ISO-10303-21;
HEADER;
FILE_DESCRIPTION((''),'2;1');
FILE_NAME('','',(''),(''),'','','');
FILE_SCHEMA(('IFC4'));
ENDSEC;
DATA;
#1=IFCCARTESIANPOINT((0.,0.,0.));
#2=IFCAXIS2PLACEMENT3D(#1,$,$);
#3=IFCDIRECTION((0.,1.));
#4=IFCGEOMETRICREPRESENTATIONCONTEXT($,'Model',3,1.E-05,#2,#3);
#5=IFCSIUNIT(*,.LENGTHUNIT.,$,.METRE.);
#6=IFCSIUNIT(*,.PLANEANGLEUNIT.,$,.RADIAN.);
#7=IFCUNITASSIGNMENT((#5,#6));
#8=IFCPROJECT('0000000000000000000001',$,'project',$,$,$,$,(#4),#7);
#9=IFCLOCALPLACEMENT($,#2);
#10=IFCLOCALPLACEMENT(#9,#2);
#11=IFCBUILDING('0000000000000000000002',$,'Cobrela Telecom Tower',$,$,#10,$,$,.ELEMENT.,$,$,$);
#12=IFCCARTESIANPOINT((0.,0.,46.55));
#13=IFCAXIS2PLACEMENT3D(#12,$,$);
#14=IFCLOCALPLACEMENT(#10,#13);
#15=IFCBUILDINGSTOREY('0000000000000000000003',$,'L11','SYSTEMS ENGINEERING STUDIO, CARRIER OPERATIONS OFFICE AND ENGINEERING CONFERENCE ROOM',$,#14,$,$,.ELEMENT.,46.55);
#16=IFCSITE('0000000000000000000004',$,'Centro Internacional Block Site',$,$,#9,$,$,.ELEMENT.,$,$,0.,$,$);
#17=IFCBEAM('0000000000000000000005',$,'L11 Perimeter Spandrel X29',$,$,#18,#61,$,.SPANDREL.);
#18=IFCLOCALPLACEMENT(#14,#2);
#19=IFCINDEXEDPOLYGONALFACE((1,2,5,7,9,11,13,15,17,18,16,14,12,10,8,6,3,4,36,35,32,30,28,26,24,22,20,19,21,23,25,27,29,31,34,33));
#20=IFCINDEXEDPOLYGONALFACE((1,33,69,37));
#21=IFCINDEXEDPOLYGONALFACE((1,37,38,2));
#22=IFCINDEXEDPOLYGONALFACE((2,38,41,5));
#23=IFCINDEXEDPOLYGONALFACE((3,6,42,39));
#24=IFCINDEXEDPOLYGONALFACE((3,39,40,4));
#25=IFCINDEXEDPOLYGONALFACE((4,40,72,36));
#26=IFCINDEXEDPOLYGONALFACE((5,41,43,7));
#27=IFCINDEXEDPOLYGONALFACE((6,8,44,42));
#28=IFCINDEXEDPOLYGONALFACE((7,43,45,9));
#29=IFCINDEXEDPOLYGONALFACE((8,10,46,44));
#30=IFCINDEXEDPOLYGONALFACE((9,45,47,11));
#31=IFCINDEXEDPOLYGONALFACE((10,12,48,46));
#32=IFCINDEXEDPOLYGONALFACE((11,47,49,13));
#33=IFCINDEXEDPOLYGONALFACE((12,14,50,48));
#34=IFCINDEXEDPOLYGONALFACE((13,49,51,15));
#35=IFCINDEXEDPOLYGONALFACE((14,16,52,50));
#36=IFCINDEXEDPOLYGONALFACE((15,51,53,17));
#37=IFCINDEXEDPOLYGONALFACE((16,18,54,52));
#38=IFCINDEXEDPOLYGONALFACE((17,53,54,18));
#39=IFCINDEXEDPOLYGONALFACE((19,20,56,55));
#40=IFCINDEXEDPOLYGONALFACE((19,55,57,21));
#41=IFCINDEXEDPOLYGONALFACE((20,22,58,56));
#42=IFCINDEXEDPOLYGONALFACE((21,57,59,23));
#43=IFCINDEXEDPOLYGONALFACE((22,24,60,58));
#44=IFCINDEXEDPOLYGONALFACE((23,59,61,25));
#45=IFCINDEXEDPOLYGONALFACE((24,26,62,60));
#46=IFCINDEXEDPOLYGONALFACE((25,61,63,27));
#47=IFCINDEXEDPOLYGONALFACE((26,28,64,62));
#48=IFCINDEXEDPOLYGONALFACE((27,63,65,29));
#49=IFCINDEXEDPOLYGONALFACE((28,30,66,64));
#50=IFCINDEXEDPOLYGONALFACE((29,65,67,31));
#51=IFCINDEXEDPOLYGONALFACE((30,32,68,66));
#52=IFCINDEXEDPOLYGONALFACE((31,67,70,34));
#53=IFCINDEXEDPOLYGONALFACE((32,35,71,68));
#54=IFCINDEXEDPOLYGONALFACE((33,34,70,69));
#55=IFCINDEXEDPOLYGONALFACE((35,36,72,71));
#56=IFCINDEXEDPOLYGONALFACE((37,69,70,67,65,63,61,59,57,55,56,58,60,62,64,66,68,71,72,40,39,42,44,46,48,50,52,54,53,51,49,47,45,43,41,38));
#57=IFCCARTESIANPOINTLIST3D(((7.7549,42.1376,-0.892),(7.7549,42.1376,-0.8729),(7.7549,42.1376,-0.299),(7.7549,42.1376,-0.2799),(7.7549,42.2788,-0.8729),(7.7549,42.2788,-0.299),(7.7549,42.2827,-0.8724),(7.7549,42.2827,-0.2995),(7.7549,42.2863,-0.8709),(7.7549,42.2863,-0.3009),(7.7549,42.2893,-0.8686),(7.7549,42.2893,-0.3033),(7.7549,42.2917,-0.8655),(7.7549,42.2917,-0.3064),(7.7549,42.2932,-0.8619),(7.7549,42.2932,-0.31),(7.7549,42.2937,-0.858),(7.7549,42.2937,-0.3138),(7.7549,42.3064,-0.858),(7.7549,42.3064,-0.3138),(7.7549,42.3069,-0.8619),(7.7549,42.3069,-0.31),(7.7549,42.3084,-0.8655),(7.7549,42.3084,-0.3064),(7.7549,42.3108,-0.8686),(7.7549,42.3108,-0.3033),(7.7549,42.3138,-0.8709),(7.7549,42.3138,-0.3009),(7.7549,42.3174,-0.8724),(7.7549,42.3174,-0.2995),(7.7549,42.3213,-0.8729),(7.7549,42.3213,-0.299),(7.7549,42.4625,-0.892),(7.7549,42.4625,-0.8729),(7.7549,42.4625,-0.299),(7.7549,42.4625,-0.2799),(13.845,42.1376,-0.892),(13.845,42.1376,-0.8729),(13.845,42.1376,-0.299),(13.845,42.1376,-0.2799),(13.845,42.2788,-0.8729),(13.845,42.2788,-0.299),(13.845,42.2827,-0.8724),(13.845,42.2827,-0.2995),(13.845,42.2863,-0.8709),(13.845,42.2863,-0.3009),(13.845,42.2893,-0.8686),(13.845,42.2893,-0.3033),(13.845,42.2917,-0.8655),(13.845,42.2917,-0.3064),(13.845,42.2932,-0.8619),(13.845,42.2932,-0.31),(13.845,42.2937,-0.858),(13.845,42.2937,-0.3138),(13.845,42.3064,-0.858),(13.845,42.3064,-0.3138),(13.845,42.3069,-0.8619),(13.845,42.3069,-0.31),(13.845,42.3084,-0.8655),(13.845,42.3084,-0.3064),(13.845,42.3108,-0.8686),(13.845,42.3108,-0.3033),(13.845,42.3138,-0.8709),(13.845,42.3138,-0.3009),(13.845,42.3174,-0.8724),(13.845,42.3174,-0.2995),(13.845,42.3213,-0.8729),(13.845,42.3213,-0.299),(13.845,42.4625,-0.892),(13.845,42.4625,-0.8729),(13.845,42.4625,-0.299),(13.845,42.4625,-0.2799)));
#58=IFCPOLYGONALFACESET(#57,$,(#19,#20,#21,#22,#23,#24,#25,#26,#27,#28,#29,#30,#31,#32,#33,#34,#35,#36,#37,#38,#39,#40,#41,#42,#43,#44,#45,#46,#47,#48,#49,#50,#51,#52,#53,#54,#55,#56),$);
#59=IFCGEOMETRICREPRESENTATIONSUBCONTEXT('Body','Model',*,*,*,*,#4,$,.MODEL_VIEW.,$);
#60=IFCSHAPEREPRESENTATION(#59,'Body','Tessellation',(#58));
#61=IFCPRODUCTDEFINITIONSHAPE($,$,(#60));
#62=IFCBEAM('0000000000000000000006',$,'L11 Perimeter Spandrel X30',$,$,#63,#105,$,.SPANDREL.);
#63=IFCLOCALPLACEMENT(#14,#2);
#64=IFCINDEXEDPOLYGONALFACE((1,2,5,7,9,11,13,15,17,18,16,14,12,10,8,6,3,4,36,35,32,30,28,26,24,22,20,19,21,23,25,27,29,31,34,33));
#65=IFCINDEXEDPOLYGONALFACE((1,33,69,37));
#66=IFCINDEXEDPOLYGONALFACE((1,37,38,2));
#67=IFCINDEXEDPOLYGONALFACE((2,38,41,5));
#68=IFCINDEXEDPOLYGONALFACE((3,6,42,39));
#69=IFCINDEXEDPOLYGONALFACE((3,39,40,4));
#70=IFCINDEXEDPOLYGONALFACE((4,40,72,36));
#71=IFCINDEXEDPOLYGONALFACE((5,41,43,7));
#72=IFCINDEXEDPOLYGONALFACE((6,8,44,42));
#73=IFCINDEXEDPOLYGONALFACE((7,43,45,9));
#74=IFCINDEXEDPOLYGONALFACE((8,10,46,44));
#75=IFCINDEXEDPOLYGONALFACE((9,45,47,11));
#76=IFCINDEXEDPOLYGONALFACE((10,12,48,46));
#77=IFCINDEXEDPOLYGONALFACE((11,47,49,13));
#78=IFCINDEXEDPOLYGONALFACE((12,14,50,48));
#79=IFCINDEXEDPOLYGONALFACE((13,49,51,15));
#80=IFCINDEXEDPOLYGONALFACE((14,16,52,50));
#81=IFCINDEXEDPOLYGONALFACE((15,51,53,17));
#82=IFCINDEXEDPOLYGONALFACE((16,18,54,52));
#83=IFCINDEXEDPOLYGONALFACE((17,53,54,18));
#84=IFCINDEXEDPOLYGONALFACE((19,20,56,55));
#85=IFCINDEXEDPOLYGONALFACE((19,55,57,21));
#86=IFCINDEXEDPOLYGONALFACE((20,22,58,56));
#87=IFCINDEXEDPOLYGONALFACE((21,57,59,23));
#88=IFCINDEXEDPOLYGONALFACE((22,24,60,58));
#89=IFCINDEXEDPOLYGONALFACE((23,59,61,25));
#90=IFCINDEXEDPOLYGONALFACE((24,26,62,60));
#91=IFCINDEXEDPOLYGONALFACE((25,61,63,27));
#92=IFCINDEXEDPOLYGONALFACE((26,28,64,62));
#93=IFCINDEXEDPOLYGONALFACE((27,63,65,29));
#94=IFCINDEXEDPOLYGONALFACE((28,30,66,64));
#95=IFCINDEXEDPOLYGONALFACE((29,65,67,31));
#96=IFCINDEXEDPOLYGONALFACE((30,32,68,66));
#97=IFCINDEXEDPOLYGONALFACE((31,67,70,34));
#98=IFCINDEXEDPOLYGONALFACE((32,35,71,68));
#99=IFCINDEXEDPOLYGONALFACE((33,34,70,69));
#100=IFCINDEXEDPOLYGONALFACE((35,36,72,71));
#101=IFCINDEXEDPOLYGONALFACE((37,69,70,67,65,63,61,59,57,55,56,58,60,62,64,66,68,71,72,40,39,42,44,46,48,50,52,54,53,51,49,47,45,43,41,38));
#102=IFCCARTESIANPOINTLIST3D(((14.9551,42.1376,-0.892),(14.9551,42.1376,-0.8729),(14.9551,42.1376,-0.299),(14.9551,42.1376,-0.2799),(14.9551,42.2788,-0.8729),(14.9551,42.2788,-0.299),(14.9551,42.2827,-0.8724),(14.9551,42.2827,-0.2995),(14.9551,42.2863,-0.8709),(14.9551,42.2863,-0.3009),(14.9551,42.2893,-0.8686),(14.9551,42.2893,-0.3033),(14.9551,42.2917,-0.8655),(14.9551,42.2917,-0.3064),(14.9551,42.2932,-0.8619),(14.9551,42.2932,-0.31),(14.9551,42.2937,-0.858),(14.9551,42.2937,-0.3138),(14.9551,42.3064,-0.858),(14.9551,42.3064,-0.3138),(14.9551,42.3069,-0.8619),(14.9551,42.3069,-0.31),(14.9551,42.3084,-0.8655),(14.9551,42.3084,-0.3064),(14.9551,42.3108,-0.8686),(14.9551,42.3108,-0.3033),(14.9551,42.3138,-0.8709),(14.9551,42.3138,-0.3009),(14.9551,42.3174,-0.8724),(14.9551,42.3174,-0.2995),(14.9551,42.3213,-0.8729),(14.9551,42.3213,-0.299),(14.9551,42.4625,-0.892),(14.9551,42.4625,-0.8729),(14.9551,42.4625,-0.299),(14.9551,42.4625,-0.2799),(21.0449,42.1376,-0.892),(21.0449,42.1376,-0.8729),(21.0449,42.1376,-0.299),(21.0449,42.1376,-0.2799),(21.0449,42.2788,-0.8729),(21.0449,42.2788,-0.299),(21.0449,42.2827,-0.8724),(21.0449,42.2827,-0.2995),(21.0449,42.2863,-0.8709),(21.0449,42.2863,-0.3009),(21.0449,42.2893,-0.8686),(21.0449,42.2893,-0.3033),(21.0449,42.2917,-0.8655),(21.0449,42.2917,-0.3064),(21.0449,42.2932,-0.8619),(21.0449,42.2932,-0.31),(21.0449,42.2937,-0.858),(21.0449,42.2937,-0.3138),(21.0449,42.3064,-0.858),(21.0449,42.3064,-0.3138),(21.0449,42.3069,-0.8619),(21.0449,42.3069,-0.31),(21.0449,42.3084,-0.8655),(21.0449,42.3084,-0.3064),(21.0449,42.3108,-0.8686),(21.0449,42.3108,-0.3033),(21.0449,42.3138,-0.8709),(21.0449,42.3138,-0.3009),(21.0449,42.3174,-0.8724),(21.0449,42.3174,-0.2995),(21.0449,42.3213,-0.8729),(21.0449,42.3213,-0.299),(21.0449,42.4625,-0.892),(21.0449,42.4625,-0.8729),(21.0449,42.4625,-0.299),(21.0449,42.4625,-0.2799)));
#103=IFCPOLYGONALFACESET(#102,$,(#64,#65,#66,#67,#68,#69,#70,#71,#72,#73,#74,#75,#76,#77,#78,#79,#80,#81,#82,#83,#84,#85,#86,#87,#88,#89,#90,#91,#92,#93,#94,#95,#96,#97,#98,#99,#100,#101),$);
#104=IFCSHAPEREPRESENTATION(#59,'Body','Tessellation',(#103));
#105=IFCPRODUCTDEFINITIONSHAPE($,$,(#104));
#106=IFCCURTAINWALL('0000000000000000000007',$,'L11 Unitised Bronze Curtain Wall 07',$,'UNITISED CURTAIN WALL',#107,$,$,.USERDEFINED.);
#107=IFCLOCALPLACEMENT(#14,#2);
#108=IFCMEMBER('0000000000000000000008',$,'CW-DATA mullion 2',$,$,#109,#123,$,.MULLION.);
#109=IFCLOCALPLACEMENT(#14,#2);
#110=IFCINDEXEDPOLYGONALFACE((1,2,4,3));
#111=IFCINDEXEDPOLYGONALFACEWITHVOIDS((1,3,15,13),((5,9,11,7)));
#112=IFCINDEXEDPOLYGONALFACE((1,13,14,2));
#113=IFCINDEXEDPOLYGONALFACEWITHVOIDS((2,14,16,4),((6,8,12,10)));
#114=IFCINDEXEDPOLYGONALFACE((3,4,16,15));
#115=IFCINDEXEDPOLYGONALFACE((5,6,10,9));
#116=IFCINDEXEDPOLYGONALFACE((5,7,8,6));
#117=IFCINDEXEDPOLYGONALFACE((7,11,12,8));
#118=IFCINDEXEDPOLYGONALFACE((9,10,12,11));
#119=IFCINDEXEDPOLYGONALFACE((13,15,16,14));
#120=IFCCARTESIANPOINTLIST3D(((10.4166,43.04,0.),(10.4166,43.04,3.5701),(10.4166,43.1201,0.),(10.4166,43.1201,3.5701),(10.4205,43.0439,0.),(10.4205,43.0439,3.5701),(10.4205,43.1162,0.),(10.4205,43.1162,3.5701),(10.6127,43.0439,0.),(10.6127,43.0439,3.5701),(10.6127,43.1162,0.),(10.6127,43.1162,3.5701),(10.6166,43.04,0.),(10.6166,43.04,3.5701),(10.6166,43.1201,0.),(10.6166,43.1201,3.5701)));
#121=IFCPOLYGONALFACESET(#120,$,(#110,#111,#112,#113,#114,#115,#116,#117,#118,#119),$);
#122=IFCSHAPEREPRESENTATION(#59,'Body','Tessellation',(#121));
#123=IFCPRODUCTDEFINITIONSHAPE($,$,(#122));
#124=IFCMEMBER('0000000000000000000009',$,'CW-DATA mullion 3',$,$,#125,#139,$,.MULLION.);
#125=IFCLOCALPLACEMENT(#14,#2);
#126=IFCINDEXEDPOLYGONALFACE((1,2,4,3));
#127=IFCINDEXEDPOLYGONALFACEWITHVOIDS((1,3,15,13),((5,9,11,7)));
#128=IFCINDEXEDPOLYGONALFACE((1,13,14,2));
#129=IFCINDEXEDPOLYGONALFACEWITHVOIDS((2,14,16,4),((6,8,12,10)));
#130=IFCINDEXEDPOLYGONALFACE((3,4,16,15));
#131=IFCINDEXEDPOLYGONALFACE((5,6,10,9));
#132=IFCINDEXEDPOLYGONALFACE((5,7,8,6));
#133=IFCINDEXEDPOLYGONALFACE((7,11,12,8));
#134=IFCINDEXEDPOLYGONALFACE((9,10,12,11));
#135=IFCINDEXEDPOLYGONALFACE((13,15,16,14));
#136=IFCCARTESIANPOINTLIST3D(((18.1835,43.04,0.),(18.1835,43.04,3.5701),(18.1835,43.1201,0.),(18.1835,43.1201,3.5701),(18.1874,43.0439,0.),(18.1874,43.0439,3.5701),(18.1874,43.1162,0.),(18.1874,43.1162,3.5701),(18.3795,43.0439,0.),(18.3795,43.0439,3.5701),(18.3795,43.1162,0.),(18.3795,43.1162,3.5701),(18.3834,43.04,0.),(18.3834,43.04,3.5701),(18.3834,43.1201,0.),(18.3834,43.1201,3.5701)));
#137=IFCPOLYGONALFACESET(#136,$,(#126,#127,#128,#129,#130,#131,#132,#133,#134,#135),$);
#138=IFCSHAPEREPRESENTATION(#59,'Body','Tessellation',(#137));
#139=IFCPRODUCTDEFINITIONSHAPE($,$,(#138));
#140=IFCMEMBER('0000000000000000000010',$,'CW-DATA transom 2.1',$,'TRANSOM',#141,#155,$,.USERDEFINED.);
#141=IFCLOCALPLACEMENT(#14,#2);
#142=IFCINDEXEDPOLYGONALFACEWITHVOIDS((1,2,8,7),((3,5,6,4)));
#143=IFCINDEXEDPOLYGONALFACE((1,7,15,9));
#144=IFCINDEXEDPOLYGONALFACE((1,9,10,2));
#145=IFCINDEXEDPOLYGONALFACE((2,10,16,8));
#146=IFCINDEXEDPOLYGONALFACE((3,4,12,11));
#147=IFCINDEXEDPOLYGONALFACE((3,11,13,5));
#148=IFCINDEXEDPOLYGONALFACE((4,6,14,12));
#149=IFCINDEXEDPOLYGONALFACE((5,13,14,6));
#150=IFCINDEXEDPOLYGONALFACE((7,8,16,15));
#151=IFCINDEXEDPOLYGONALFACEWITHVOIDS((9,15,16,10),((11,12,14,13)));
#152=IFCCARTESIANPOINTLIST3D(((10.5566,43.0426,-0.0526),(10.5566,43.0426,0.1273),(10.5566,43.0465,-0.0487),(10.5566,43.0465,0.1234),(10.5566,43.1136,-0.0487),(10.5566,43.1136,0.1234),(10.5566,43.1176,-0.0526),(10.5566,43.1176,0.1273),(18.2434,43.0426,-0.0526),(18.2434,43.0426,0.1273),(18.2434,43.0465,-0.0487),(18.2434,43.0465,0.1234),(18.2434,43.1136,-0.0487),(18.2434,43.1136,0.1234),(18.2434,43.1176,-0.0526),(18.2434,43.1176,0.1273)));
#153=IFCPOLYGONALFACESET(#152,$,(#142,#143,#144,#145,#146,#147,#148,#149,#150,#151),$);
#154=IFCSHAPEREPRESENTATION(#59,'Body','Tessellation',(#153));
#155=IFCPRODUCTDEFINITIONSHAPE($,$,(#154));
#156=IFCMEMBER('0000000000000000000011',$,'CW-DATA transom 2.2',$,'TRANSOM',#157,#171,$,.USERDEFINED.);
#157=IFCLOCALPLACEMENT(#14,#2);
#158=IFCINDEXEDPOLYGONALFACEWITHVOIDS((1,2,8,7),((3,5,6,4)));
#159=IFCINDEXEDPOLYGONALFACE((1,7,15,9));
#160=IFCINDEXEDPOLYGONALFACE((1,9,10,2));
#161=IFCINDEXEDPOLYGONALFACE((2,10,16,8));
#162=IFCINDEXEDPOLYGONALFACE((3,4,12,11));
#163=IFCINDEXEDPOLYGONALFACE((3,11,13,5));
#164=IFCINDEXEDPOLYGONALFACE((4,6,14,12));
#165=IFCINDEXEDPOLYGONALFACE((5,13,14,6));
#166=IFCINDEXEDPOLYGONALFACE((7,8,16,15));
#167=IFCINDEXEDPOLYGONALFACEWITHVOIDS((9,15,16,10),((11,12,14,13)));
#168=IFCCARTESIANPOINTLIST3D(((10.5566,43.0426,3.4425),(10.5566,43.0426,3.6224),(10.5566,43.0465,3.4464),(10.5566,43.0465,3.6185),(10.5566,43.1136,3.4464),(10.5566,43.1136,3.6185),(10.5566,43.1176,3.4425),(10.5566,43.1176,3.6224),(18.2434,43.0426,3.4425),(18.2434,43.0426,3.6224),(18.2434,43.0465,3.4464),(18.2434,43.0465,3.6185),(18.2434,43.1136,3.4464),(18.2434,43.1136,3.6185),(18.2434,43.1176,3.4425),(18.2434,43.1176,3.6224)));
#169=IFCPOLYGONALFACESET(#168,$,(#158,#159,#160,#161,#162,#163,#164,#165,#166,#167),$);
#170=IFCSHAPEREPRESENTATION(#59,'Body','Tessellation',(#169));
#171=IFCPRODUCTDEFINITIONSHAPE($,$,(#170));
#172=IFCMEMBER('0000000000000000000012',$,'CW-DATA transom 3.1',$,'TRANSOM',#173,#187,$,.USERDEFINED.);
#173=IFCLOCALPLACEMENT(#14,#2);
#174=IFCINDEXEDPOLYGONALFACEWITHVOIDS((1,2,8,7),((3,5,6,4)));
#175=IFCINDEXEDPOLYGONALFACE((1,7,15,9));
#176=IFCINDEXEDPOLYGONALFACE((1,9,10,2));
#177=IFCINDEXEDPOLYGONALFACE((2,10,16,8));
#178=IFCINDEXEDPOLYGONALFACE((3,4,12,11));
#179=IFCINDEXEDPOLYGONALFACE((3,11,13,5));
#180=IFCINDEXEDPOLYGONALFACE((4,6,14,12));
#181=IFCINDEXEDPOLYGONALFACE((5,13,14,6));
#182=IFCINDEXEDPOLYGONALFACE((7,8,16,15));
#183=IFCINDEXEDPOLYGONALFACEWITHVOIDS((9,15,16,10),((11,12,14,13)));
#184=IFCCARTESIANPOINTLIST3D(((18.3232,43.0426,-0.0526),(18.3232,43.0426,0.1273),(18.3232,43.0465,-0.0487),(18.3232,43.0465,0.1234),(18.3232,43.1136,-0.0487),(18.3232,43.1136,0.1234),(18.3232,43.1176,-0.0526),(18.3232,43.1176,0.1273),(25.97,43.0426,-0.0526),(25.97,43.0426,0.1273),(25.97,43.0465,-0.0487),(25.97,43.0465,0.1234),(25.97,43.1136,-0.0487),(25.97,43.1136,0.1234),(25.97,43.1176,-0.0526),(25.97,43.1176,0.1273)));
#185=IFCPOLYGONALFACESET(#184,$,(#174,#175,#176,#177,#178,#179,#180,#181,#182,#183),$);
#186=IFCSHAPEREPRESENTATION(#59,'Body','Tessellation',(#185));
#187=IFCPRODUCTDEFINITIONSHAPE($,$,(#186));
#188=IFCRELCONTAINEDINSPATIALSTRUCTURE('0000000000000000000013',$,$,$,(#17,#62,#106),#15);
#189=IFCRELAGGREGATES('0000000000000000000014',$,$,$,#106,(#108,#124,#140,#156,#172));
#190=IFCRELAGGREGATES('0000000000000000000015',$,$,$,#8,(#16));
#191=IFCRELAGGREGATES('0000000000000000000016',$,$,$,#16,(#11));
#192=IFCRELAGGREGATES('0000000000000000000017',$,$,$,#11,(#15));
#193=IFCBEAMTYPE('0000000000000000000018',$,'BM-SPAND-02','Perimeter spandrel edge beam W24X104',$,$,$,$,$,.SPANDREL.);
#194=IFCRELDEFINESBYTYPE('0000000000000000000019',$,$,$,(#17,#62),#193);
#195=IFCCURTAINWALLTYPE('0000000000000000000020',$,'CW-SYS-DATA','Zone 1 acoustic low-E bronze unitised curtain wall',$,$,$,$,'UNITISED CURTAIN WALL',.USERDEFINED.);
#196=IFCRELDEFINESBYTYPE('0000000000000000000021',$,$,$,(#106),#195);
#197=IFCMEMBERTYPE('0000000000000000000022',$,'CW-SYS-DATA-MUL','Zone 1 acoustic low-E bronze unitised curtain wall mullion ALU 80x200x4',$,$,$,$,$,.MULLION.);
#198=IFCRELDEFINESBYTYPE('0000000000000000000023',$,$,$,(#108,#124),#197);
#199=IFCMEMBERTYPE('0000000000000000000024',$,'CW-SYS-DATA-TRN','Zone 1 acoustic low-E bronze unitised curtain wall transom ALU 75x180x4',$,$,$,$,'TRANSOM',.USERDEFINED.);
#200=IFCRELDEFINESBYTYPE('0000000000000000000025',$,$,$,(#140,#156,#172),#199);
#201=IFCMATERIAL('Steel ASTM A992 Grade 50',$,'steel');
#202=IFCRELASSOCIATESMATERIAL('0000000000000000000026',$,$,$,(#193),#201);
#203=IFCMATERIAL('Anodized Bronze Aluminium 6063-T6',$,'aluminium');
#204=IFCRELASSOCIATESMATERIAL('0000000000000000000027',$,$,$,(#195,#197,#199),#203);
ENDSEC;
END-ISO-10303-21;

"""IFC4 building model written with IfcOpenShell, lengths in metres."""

from ifc_helpers import new_model, si_unit, direction, frame, origin, origin_2d, place, context, subcontext, project, spatial, hollow_rectangle, i_section, extrude, material, material_profile, profile_set, type_object, element, aggregate, save


model = new_model("IFC4")

# Units and contexts
model_context = context("Model", 3, precision=1e-05, world=origin(), true_north=direction((0.0, 1.0)))
body_context = subcontext(model_context, "Body", "Model", "MODEL_VIEW")
ifc_project = project(units=[si_unit("LENGTHUNIT", "METRE"), si_unit("PLANEANGLEUNIT", "RADIAN")], contexts=[model_context])

# Site, building, storey
site_placement = place(None, origin())
site = spatial("IfcSite", under=ifc_project, at=site_placement, Name="Centro Internacional Block Site", CompositionType="ELEMENT", RefElevation=0.0)
building_placement = place(site_placement, origin())
building = spatial("IfcBuilding", under=site, at=building_placement, Name="Cobrela Telecom Tower", CompositionType="ELEMENT")
storey_placement = place(building_placement, frame((0.0, 0.0, 46.55)))
storey = spatial("IfcBuildingStorey", under=building, at=storey_placement, Name="L11", Description="SYSTEMS ENGINEERING STUDIO, CARRIER OPERATIONS OFFICE AND ENGINEERING CONFERENCE ROOM", CompositionType="ELEMENT", Elevation=46.55)

# Beams
ifc_material_1 = material(Name="Steel ASTM A992 Grade 50", Category="steel")
ifc_material_profile_1 = material_profile(ifc_material_1, i_section(OverallWidth=0.325, OverallDepth=0.6121, WebThickness=0.0127, FlangeThickness=0.019, FilletRadius=0.0149, at=origin_2d()), Name="W24X104")
ifc_profile_set_1 = profile_set([ifc_material_profile_1], Name="Steel ASTM A992 Grade 50")
beam_type_1 = type_object("IfcBeamType", Name="BM-SPAND-02", Description="Perimeter spandrel edge beam W24X104", PredefinedType="SPANDREL", material=ifc_profile_set_1)
beam_1_placement = place(storey_placement, frame((7.7549, 42.3, -0.5859), z_axis=(1.0, 0.0, 0.0), x_axis=(0.0, 1.0, 0.0)))
element("IfcBeam", 1, at=beam_1_placement, inside=storey, type_object=beam_type_1, Name="L11 Perimeter Spandrel X29", PredefinedType="SPANDREL", context=body_context, shape_type="SweptSolid", body=[
    extrude(i_section(OverallWidth=0.325, OverallDepth=0.6121, WebThickness=0.0127, FlangeThickness=0.019, FilletRadius=0.0149, at=origin_2d()), origin(), (0.0, 0.0, 1.0), 6.0901),
])
beam_2_placement = place(storey_placement, frame((14.9551, 42.3, -0.5859), z_axis=(1.0, 0.0, 0.0), x_axis=(0.0, 1.0, 0.0)))
element("IfcBeam", 2, at=beam_2_placement, inside=storey, type_object=beam_type_1, Name="L11 Perimeter Spandrel X30", PredefinedType="SPANDREL", context=body_context, shape_type="SweptSolid", body=[
    extrude(i_section(OverallWidth=0.325, OverallDepth=0.6121, WebThickness=0.0127, FlangeThickness=0.019, FilletRadius=0.0149, at=origin_2d()), origin(), (0.0, 0.0, 1.0), 6.0898),
])

# Curtain wall, members
ifc_material_2 = material(Name="Anodized Bronze Aluminium 6063-T6", Category="aluminium")
curtain_wall_type = type_object("IfcCurtainWallType", Name="CW-SYS-DATA", Description="Zone 1 acoustic low-E bronze unitised curtain wall", ElementType="UNITISED CURTAIN WALL", PredefinedType="USERDEFINED", material=ifc_material_2)
curtain_wall_placement = place(storey_placement, origin())
curtain_wall = element("IfcCurtainWall", 3, at=curtain_wall_placement, inside=storey, type_object=curtain_wall_type, Name="L11 Unitised Bronze Curtain Wall 07", ObjectType="UNITISED CURTAIN WALL", PredefinedType="USERDEFINED")
ifc_material_profile_2 = material_profile(ifc_material_2, hollow_rectangle(XDim=0.0801, YDim=0.2, WallThickness=0.0039, at=origin_2d()), Name="ALU 80x200x4")
ifc_profile_set_2 = profile_set([ifc_material_profile_2], Name="Anodized Bronze Aluminium 6063-T6")
member_type_1 = type_object("IfcMemberType", Name="CW-SYS-DATA-MUL", Description="Zone 1 acoustic low-E bronze unitised curtain wall mullion ALU 80x200x4", PredefinedType="MULLION", material=ifc_profile_set_2)
member_1_placement = place(storey_placement, frame((10.5166, 43.0801, 0.0), z_axis=(0.0, 0.0, 1.0), x_axis=(0.0, 1.0, 0.0)))
member_1 = element("IfcMember", 4, at=member_1_placement, type_object=member_type_1, Name="CW-DATA mullion 2", PredefinedType="MULLION", context=body_context, shape_type="SweptSolid", body=[
    extrude(hollow_rectangle(XDim=0.0801, YDim=0.2, WallThickness=0.0039, at=origin_2d()), origin(), (0.0, 0.0, 1.0), 3.5701),
])
member_2_placement = place(storey_placement, frame((18.2834, 43.0801, 0.0), z_axis=(0.0, 0.0, 1.0), x_axis=(0.0, 1.0, 0.0)))
member_2 = element("IfcMember", 5, at=member_2_placement, type_object=member_type_1, Name="CW-DATA mullion 3", PredefinedType="MULLION", context=body_context, shape_type="SweptSolid", body=[
    extrude(hollow_rectangle(XDim=0.0801, YDim=0.2, WallThickness=0.0039, at=origin_2d()), origin(), (0.0, 0.0, 1.0), 3.5701),
])
ifc_material_profile_3 = material_profile(ifc_material_2, hollow_rectangle(XDim=0.075, YDim=0.1799, WallThickness=0.0039, at=origin_2d()), Name="ALU 75x180x4")
ifc_profile_set_3 = profile_set([ifc_material_profile_3], Name="Anodized Bronze Aluminium 6063-T6")
member_type_2 = type_object("IfcMemberType", Name="CW-SYS-DATA-TRN", Description="Zone 1 acoustic low-E bronze unitised curtain wall transom ALU 75x180x4", ElementType="TRANSOM", PredefinedType="USERDEFINED", material=ifc_profile_set_3)
member_3_placement = place(storey_placement, frame((10.5566, 43.0801, 0.0374), z_axis=(1.0, 0.0, 0.0), x_axis=(0.0, 1.0, 0.0)))
member_3 = element("IfcMember", 6, at=member_3_placement, type_object=member_type_2, Name="CW-DATA transom 2.1", ObjectType="TRANSOM", PredefinedType="USERDEFINED", context=body_context, shape_type="SweptSolid", body=[
    extrude(hollow_rectangle(XDim=0.075, YDim=0.1799, WallThickness=0.0039, at=origin_2d()), origin(), (0.0, 0.0, 1.0), 7.6868),
])
member_4_placement = place(storey_placement, frame((10.5566, 43.0801, 3.5325), z_axis=(1.0, 0.0, 0.0), x_axis=(0.0, 1.0, 0.0)))
member_4 = element("IfcMember", 7, at=member_4_placement, type_object=member_type_2, Name="CW-DATA transom 2.2", ObjectType="TRANSOM", PredefinedType="USERDEFINED", context=body_context, shape_type="SweptSolid", body=[
    extrude(hollow_rectangle(XDim=0.075, YDim=0.1799, WallThickness=0.0039, at=origin_2d()), origin(), (0.0, 0.0, 1.0), 7.6868),
])
member_5_placement = place(storey_placement, frame((18.3232, 43.0801, 0.0374), z_axis=(1.0, 0.0, 0.0), x_axis=(0.0, 1.0, 0.0)))
member_5 = element("IfcMember", 8, at=member_5_placement, type_object=member_type_2, Name="CW-DATA transom 3.1", ObjectType="TRANSOM", PredefinedType="USERDEFINED", context=body_context, shape_type="SweptSolid", body=[
    extrude(hollow_rectangle(XDim=0.075, YDim=0.1799, WallThickness=0.0039, at=origin_2d()), origin(), (0.0, 0.0, 1.0), 7.6467),
])
aggregate(curtain_wall, [member_1, member_2, member_3, member_4, member_5])

save(model, "model.ifc")
